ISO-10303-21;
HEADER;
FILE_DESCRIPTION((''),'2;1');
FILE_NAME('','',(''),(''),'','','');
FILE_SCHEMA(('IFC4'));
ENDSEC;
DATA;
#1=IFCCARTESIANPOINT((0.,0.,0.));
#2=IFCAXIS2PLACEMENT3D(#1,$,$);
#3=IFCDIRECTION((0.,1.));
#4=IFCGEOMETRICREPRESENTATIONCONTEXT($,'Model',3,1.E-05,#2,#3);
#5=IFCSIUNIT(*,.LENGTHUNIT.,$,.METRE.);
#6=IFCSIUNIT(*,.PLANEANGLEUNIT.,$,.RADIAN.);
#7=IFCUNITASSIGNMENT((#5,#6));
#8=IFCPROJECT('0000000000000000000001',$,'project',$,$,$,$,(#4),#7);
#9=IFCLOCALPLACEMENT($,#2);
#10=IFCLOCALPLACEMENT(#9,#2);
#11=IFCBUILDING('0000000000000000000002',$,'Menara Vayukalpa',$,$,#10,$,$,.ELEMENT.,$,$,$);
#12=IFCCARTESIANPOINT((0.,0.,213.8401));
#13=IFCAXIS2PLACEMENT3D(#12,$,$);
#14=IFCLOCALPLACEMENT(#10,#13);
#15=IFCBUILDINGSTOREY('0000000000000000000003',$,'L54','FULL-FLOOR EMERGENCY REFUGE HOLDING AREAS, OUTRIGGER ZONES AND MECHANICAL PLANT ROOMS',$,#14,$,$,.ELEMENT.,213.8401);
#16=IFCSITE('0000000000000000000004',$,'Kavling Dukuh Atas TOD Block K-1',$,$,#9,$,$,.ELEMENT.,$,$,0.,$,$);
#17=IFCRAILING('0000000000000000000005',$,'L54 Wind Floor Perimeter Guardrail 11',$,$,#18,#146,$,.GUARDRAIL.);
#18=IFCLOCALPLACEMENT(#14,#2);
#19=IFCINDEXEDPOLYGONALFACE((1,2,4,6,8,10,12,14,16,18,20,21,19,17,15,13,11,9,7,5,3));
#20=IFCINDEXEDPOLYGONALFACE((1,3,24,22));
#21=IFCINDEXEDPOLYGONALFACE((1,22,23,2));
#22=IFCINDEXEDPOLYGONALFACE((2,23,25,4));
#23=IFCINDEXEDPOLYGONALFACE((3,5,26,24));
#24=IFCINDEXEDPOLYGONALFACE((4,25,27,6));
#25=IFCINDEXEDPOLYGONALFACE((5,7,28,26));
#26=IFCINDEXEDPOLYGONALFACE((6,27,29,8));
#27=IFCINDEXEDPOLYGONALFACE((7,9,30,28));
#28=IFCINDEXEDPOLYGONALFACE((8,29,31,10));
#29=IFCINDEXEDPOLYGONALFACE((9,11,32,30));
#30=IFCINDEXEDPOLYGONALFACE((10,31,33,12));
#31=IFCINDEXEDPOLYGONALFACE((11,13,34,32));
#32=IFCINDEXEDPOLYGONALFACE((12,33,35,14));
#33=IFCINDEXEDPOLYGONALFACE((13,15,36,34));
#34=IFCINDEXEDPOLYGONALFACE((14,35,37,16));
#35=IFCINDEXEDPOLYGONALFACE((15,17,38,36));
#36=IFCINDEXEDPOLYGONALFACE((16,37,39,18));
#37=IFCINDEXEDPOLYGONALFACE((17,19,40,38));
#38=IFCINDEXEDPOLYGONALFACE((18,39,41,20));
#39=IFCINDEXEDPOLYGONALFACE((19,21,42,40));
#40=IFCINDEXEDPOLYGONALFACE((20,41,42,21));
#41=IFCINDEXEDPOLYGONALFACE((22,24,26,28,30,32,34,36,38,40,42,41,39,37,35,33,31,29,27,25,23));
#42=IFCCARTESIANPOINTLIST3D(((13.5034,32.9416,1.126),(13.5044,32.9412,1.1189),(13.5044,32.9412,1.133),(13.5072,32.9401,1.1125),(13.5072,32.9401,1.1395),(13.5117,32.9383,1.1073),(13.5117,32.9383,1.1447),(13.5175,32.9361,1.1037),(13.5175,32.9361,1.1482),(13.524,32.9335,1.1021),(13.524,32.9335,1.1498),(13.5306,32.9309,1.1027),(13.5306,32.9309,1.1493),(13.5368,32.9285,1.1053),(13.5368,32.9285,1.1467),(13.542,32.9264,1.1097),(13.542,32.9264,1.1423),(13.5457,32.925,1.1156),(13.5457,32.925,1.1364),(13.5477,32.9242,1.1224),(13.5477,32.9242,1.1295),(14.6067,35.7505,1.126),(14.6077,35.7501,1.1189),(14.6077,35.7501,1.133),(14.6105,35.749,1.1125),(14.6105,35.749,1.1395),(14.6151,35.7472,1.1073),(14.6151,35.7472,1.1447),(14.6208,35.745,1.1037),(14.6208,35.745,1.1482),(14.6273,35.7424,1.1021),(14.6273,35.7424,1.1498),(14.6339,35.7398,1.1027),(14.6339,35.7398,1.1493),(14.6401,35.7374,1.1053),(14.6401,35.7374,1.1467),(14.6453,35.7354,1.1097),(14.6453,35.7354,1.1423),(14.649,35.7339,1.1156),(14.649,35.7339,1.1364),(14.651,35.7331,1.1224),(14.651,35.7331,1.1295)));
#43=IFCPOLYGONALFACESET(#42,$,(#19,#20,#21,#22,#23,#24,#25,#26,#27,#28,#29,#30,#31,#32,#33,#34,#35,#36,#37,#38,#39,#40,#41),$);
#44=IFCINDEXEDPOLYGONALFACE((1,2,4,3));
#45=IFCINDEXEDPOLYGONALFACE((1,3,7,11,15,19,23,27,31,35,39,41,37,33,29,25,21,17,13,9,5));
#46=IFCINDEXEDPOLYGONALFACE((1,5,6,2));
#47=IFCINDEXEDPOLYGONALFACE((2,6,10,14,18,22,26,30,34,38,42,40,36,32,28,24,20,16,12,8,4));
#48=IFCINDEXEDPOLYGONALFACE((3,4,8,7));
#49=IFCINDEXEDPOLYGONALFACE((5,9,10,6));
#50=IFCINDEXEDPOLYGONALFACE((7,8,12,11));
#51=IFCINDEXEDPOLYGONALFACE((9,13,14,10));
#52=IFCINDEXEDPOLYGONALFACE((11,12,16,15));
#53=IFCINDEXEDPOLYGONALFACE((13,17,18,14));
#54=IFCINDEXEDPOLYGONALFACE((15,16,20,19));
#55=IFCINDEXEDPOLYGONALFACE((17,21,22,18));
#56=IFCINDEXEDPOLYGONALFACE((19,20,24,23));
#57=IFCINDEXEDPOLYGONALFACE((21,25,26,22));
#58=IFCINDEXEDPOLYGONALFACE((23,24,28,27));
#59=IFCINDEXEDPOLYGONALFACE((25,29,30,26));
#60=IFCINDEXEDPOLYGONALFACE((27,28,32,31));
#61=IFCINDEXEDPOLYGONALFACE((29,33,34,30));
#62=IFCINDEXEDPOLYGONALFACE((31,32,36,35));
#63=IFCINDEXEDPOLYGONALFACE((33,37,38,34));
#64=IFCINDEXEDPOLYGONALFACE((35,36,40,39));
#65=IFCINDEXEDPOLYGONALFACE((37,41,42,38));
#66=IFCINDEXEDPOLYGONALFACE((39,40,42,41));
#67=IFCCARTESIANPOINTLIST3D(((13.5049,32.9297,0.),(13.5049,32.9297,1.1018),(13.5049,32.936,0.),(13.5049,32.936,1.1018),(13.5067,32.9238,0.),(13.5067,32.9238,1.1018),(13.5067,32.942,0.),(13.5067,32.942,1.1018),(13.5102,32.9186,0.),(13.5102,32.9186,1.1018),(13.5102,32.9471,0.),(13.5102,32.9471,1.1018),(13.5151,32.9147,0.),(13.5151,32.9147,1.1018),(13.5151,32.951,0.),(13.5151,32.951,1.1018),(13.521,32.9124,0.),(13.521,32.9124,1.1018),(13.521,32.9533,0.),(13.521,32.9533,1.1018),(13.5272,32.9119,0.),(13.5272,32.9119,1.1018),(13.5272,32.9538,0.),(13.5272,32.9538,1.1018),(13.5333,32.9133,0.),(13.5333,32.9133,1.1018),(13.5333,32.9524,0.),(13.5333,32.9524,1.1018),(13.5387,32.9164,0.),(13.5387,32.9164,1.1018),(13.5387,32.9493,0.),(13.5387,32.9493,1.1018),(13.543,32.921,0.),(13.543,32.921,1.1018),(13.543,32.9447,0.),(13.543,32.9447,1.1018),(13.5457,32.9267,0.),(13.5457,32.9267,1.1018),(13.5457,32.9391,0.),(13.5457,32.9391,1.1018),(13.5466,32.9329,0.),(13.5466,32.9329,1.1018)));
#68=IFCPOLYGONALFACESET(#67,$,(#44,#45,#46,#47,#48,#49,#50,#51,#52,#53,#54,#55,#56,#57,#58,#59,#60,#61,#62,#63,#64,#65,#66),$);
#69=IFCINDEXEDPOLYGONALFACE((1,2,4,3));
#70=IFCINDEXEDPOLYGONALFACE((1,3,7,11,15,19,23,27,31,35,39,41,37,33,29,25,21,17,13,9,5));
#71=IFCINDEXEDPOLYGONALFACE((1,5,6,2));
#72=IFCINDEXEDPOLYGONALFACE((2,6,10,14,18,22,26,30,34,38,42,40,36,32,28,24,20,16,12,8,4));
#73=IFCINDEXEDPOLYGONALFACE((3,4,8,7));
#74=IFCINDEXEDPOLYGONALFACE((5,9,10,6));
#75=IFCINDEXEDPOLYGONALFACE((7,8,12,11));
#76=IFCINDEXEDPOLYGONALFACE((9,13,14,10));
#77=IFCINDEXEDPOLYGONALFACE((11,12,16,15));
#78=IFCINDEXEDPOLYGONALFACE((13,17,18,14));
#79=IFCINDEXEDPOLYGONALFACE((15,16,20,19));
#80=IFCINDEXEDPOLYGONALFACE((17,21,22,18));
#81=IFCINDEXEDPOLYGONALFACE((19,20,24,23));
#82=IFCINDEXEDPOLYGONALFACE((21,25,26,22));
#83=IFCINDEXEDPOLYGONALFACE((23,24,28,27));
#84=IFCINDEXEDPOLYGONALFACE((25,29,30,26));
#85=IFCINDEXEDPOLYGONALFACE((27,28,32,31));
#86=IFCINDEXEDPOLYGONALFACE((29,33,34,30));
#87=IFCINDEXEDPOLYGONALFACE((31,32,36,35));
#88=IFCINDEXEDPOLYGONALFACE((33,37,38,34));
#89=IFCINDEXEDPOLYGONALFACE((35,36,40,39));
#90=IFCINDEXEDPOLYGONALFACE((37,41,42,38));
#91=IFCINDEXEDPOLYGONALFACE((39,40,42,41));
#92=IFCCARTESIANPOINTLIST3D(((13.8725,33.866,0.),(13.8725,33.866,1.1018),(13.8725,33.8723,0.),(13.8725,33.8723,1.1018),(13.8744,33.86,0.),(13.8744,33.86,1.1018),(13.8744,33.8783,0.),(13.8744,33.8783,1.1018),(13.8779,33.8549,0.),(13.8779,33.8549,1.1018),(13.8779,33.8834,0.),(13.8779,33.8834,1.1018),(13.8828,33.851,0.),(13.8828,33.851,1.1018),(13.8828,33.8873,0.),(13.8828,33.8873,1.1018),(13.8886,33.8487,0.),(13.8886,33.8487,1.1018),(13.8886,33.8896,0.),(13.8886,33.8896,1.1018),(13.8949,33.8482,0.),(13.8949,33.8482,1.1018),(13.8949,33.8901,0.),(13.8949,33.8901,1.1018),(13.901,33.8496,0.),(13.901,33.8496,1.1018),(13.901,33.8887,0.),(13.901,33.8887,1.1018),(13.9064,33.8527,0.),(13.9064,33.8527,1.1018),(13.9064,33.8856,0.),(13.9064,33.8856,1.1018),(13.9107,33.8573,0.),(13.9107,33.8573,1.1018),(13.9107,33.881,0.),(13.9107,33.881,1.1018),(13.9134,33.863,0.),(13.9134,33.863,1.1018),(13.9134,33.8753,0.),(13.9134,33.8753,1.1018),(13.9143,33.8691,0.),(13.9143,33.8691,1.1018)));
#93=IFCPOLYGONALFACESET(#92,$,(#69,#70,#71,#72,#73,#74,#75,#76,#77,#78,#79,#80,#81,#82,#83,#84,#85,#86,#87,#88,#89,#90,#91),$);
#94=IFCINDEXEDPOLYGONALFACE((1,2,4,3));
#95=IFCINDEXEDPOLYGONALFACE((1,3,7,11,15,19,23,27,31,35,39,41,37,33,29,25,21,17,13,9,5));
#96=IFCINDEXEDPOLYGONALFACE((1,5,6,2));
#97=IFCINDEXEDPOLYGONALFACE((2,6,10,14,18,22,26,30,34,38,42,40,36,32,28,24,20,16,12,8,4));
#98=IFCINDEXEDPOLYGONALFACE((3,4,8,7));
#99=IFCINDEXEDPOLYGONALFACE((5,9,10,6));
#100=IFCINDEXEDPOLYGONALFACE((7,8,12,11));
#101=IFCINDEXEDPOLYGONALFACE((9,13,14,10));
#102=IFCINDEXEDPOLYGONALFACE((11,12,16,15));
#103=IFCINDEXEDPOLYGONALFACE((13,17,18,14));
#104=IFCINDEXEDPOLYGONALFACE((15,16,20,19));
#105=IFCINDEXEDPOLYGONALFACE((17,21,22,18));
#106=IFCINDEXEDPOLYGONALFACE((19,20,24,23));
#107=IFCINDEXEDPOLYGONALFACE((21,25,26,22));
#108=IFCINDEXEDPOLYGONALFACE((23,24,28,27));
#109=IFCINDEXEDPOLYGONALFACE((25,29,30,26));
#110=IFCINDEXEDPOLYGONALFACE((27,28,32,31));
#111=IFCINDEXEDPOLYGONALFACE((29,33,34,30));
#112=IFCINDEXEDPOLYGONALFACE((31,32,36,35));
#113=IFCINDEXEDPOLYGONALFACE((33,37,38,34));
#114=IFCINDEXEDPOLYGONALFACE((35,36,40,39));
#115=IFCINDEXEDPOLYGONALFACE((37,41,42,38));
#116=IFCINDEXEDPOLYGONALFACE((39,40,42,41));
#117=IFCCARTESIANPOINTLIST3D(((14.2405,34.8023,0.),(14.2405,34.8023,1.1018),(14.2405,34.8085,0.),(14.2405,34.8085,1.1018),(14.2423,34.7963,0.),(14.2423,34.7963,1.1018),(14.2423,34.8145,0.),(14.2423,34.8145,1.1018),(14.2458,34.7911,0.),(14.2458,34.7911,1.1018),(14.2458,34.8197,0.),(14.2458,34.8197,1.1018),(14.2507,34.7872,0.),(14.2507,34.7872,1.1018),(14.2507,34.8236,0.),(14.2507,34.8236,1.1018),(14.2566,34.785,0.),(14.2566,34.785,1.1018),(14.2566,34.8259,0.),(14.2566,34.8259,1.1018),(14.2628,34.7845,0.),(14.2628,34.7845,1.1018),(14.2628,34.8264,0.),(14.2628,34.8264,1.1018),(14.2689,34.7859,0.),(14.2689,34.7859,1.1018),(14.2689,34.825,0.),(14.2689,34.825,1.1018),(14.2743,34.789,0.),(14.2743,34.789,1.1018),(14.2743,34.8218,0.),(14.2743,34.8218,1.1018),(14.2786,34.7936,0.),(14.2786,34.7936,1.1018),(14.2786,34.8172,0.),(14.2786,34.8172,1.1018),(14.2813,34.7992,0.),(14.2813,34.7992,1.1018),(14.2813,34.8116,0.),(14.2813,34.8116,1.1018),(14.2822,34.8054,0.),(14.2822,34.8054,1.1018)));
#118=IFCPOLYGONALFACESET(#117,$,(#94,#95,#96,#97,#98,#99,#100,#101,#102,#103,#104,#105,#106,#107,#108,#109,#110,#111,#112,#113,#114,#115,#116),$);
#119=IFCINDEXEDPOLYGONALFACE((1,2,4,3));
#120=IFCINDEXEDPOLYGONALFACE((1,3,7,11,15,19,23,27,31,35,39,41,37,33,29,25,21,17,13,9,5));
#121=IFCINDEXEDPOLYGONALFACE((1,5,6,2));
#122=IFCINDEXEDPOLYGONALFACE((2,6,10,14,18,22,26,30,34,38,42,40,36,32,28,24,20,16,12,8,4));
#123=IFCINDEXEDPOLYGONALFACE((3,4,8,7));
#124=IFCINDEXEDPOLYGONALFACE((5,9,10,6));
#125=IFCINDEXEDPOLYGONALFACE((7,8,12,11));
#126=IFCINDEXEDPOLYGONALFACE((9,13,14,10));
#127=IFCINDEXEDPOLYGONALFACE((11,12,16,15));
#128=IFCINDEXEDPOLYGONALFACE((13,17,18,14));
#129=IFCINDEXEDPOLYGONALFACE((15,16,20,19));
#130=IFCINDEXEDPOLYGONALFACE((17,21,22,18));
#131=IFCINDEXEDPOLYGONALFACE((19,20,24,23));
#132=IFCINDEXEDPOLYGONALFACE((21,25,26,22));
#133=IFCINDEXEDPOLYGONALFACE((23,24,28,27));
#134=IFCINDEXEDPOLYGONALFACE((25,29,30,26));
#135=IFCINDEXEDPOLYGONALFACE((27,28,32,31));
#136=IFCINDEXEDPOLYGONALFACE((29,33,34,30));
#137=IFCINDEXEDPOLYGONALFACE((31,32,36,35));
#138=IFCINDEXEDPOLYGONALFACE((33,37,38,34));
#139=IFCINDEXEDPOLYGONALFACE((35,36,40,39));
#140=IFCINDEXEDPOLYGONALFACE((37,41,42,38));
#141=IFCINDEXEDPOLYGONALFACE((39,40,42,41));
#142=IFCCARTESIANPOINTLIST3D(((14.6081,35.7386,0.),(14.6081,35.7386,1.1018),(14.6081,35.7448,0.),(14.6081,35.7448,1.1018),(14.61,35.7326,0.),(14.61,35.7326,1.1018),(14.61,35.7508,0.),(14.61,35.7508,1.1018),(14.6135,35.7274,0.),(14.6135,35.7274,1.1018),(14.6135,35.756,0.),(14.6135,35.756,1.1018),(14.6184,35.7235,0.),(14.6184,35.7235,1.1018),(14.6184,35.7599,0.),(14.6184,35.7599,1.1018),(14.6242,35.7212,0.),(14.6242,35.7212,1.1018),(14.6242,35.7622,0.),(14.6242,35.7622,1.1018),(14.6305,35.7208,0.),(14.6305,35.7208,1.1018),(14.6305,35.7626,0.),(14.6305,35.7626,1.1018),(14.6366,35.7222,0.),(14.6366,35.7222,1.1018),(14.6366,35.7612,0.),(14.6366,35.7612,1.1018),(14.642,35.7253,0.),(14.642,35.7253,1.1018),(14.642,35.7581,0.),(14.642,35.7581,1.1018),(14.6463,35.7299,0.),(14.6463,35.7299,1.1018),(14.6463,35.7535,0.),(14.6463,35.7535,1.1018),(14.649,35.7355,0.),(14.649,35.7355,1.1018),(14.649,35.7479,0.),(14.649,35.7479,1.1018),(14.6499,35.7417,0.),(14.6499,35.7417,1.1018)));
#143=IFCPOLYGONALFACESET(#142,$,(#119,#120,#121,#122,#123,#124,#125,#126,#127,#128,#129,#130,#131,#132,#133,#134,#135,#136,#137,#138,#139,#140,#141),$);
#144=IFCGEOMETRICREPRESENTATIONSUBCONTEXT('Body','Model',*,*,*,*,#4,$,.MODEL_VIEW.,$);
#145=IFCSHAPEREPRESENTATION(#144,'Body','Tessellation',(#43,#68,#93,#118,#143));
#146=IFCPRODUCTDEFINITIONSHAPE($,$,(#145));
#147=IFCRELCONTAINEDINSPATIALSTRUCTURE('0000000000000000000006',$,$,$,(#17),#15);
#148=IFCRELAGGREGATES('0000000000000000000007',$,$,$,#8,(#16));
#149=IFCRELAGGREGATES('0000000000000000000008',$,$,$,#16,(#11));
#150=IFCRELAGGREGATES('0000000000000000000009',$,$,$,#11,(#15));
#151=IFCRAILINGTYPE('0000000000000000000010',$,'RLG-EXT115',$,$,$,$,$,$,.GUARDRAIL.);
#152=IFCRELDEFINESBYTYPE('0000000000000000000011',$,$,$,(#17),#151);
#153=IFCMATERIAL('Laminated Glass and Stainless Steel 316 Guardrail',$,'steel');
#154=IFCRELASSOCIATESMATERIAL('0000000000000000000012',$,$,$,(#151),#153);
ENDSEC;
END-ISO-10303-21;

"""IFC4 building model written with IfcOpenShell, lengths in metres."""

from ifc_helpers import new_model, si_unit, direction, frame, origin, origin_2d, place, context, subcontext, project, spatial, circle, extrude, material, type_object, element, save


model = new_model("IFC4")

# Units and contexts
model_context = context("Model", 3, precision=1e-05, world=origin(), true_north=direction((0.0, 1.0)))
body_context = subcontext(model_context, "Body", "Model", "MODEL_VIEW")
ifc_project = project(units=[si_unit("LENGTHUNIT", "METRE"), si_unit("PLANEANGLEUNIT", "RADIAN")], contexts=[model_context])

# Site, building, storey
site_placement = place(None, origin())
site = spatial("IfcSite", under=ifc_project, at=site_placement, Name="Kavling Dukuh Atas TOD Block K-1", CompositionType="ELEMENT", RefElevation=0.0)
building_placement = place(site_placement, origin())
building = spatial("IfcBuilding", under=site, at=building_placement, Name="Menara Vayukalpa", CompositionType="ELEMENT")
storey_placement = place(building_placement, frame((0.0, 0.0, 213.8401)))
storey = spatial("IfcBuildingStorey", under=building, at=storey_placement, Name="L54", Description="FULL-FLOOR EMERGENCY REFUGE HOLDING AREAS, OUTRIGGER ZONES AND MECHANICAL PLANT ROOMS", CompositionType="ELEMENT", Elevation=213.8401)

# Railing
ifc_material_1 = material(Name="Laminated Glass and Stainless Steel 316 Guardrail", Category="steel")
railing_type = type_object("IfcRailingType", Name="RLG-EXT115", PredefinedType="GUARDRAIL", material=ifc_material_1)
railing_1_placement = place(storey_placement, frame((13.5256, 32.9329, 0.0)))
element("IfcRailing", 1, at=railing_1_placement, inside=storey, type_object=railing_type, Name="L54 Wind Floor Perimeter Guardrail 11", PredefinedType="GUARDRAIL", context=body_context, shape_type="SweptSolid", body=[
    extrude(circle(Radius=0.0239, at=origin_2d()), frame((0.0, 0.0, 1.126), z_axis=(0.365595, 0.930774, 0.0), x_axis=(-0.930774, 0.365595, 0.0)), (0.0, 0.0, 1.0), 3.0178),
    extrude(circle(Radius=0.021, at=origin_2d()), origin(), (0.0, 0.0, 1.0), 1.1018),
    extrude(circle(Radius=0.021, at=origin_2d()), frame((0.3677, 0.9363, 0.0)), (0.0, 0.0, 1.0), 1.1018),
    extrude(circle(Radius=0.021, at=origin_2d()), frame((0.7356, 1.8726, 0.0)), (0.0, 0.0, 1.0), 1.1018),
    extrude(circle(Radius=0.021, at=origin_2d()), frame((1.1033, 2.8088, 0.0)), (0.0, 0.0, 1.0), 1.1018),
])

save(model, "model.ifc")
